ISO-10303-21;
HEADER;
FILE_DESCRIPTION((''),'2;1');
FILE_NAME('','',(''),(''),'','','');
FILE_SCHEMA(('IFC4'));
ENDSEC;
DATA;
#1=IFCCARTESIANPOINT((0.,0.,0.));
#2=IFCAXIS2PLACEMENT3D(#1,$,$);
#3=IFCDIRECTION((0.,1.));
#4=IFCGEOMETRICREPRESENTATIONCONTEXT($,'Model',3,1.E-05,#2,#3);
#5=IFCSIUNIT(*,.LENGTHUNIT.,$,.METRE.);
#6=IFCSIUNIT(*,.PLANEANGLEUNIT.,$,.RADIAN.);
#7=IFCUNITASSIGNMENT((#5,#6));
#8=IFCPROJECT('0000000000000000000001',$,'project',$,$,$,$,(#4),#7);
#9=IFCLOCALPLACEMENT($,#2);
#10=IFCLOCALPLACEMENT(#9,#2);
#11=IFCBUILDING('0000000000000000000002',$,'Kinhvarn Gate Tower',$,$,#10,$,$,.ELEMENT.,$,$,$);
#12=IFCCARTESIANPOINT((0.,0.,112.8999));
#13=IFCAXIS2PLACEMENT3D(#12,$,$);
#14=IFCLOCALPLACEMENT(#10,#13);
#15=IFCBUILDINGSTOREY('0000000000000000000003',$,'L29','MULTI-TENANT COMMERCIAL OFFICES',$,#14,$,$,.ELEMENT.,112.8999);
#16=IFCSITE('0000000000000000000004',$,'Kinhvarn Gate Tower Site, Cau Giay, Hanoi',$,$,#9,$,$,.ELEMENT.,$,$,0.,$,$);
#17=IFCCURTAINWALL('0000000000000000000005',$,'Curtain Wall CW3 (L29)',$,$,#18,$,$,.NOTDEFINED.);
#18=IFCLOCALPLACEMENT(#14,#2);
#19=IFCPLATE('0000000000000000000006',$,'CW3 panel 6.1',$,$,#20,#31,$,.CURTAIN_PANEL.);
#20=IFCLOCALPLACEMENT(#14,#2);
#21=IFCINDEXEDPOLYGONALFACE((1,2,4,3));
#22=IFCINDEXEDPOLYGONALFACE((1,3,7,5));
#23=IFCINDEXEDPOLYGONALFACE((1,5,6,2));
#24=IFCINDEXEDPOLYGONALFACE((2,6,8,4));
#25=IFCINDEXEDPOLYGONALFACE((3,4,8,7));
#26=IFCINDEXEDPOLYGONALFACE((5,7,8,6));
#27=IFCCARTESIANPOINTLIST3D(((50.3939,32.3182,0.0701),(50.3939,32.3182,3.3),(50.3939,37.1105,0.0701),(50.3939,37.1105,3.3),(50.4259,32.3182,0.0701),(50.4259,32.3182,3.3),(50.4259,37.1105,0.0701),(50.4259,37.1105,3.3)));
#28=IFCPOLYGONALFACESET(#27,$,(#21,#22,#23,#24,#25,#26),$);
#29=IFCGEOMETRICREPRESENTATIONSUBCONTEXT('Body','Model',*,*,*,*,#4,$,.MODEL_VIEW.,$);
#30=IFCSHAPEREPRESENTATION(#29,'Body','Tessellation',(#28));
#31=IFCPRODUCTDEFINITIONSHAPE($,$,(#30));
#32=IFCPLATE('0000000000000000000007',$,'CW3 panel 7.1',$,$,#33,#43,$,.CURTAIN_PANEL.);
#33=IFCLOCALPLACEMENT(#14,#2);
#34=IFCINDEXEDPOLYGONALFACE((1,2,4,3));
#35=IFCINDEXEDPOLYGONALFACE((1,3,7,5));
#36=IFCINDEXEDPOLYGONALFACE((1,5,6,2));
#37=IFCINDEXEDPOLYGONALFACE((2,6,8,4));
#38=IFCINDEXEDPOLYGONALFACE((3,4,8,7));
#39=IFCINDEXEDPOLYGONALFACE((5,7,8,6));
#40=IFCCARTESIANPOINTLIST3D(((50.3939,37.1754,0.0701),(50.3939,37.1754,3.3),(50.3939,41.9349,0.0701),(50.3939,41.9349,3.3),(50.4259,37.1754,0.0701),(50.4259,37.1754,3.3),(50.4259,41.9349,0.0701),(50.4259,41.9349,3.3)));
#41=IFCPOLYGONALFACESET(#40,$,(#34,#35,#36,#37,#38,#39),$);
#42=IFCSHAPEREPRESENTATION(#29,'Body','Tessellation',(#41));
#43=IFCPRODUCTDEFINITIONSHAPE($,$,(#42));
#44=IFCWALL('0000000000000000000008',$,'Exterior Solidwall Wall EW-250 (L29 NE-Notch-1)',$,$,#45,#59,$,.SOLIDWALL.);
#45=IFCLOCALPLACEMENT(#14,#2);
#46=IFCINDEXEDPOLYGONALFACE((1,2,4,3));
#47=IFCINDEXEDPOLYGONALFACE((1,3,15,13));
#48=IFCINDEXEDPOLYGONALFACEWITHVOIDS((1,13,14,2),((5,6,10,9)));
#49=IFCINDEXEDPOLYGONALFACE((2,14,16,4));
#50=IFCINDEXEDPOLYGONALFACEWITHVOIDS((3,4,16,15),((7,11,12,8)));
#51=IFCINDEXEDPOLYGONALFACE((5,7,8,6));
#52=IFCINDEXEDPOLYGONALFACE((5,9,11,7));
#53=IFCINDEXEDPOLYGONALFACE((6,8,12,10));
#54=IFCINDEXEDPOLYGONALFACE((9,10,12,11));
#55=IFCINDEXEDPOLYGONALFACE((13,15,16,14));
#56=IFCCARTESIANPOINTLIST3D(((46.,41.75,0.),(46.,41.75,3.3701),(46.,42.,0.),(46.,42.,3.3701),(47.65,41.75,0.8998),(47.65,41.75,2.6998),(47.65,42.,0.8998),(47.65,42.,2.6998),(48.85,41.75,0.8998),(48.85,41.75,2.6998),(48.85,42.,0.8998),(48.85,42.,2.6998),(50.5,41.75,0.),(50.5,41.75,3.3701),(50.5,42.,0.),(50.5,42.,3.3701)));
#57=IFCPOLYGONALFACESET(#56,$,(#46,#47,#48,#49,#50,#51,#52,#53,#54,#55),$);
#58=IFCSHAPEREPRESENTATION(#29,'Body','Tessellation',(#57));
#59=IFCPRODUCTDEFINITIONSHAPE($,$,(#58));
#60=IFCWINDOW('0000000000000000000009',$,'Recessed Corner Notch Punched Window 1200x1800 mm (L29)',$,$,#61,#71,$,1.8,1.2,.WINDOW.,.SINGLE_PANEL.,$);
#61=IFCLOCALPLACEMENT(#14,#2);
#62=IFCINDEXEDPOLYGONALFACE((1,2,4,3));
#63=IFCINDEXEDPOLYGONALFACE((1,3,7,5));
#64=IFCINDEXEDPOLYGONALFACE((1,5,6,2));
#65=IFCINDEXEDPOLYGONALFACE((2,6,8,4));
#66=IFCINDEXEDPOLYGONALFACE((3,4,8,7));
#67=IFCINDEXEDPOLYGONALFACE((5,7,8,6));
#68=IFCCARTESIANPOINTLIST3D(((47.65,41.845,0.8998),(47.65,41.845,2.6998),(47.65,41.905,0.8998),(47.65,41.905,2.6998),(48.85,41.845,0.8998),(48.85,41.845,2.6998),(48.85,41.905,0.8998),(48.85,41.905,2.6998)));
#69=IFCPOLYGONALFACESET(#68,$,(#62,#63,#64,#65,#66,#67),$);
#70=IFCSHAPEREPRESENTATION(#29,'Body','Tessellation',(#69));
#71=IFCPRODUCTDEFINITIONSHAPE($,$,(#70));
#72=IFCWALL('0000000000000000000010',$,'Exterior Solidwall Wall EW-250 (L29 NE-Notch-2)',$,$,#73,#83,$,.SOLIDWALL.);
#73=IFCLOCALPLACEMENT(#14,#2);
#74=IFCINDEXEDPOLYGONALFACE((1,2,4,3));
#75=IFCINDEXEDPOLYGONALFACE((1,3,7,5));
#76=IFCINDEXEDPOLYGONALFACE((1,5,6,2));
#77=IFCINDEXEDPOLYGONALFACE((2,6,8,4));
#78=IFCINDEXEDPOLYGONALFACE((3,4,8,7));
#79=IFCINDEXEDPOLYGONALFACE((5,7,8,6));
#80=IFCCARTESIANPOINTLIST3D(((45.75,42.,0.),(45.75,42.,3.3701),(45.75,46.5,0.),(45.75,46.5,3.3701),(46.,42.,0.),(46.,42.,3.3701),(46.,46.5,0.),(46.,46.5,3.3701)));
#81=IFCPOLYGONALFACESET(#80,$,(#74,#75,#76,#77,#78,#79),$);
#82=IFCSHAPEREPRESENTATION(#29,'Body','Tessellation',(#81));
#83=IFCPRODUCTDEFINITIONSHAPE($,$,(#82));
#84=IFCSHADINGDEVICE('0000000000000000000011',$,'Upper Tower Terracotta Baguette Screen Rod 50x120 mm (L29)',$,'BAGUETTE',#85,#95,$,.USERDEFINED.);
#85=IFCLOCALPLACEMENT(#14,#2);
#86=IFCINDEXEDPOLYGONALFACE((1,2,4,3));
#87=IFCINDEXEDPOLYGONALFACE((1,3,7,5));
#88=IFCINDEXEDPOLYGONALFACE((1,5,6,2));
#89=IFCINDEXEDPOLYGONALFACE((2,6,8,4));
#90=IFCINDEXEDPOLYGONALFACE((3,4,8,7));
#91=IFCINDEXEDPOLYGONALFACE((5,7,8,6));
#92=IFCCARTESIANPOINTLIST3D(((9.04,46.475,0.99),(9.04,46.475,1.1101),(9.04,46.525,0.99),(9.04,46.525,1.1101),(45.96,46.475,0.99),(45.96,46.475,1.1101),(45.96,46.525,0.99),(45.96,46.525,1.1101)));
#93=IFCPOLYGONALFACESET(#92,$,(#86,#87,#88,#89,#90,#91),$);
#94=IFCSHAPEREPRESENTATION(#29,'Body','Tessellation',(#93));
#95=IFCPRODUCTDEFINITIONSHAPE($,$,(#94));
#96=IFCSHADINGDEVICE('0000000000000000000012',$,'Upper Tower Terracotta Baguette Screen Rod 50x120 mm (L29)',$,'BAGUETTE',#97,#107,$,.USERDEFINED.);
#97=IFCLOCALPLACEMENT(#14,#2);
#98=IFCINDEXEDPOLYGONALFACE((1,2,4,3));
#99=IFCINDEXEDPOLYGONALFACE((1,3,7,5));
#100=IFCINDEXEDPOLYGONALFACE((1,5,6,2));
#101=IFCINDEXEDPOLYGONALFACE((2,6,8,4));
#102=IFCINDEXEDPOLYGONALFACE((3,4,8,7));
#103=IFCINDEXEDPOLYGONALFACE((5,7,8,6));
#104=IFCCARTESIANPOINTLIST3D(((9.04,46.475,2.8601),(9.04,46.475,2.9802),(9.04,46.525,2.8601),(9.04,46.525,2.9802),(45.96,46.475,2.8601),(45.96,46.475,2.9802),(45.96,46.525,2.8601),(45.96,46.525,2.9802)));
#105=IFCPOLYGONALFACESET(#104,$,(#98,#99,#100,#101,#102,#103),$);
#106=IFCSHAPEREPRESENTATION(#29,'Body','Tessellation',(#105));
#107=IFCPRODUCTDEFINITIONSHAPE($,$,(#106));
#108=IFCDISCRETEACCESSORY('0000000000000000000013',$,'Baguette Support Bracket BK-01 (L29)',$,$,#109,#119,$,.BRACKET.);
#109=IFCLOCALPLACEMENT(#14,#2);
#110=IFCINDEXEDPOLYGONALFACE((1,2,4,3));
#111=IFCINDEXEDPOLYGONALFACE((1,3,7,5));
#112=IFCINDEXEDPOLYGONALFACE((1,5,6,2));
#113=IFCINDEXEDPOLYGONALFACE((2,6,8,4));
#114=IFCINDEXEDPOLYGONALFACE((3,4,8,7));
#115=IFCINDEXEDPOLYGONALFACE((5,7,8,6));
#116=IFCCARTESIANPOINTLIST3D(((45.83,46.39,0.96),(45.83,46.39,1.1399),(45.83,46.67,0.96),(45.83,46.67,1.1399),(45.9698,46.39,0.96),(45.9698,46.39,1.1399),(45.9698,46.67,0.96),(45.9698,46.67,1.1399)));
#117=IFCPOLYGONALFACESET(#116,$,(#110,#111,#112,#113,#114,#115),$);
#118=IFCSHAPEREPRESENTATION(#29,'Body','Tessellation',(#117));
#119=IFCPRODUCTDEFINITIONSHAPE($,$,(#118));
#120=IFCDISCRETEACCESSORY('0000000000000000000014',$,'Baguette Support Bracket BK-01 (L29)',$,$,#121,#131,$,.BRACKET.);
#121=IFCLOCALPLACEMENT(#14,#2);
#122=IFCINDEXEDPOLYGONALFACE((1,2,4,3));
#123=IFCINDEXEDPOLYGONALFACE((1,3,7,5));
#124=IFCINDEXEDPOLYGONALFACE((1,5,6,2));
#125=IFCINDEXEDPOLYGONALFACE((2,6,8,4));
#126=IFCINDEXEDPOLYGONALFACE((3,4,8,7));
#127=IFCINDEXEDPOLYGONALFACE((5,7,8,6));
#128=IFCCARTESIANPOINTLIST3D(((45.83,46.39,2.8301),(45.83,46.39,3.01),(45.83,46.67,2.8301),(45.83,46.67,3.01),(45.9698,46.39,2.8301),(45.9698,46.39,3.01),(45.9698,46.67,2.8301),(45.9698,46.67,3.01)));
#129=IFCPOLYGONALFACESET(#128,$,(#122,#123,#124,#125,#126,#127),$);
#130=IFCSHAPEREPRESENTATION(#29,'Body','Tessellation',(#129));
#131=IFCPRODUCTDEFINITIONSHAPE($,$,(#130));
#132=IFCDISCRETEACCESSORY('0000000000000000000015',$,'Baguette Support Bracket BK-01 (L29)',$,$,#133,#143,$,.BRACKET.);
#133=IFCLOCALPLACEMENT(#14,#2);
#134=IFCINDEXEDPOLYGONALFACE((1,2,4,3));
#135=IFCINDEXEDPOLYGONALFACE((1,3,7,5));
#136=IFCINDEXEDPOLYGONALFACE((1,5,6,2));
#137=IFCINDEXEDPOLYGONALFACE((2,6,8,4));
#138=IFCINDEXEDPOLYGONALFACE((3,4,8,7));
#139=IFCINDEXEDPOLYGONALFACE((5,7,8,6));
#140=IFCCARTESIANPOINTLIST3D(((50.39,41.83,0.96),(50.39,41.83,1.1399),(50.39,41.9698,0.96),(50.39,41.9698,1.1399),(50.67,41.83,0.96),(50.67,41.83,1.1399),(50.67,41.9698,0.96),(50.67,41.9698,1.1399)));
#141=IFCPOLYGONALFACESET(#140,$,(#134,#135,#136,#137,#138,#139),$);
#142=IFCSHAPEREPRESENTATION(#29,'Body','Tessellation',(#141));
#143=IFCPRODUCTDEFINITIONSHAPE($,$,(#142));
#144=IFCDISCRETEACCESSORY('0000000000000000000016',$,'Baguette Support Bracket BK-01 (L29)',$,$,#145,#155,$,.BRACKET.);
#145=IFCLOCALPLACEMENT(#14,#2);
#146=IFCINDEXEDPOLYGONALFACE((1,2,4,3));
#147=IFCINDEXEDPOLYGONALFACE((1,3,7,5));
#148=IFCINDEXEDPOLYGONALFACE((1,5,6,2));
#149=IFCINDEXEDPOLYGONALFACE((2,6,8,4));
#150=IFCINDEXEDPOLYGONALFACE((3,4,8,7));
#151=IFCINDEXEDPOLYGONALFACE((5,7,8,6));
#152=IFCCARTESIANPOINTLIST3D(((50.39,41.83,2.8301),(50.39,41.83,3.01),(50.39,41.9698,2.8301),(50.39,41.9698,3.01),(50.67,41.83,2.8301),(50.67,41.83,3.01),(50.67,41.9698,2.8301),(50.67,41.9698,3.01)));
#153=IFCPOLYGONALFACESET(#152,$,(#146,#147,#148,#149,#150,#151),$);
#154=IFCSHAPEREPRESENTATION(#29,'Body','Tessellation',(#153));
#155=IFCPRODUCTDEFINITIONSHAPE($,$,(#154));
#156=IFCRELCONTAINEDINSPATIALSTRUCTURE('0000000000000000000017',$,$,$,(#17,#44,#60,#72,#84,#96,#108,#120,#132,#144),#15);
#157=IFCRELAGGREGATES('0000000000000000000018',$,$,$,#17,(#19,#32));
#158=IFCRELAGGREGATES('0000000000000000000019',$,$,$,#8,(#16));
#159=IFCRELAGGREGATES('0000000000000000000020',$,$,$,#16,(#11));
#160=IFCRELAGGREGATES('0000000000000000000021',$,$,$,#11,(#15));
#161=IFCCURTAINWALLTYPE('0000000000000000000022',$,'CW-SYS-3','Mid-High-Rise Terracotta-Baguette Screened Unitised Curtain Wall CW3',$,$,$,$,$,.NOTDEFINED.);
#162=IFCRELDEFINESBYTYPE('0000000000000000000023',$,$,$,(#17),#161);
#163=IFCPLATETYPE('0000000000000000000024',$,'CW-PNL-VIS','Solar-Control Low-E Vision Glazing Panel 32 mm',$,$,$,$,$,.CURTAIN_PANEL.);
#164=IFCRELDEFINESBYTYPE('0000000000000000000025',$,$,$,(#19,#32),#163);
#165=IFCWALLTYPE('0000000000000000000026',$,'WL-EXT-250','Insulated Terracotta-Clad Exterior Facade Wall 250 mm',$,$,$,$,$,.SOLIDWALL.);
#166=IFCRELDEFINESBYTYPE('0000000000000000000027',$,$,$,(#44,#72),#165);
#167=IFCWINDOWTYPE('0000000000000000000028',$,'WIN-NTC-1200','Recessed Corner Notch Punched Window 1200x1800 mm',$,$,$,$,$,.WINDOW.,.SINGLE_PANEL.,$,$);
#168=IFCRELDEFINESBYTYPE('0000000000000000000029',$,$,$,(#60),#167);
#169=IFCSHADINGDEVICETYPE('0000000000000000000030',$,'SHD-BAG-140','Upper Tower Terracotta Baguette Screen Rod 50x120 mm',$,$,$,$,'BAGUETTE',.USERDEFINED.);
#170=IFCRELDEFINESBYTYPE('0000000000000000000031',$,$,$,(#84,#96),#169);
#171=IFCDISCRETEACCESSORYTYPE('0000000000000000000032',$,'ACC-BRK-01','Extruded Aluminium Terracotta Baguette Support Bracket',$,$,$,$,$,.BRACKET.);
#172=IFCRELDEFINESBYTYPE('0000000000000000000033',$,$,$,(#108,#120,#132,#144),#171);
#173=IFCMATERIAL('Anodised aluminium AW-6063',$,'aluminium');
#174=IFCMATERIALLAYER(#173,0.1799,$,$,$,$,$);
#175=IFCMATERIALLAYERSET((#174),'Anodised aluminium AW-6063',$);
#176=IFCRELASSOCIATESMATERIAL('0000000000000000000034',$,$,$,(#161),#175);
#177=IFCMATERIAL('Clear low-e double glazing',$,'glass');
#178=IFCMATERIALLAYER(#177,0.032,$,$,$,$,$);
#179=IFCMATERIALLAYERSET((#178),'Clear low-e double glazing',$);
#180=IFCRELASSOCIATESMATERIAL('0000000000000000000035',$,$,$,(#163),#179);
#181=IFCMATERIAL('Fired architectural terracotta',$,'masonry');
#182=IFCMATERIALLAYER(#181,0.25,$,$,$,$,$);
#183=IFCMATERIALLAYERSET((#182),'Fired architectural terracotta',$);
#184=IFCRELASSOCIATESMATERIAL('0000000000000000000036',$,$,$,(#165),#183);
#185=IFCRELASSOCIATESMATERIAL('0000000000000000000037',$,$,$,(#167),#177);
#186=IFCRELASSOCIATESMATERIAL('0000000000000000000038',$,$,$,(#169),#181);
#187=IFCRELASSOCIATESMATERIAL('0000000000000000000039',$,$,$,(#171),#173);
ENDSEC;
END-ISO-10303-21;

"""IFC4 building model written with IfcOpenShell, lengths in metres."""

from ifc_helpers import new_model, si_unit, direction, frame, frame_2d, origin, origin_2d, place, context, subcontext, project, spatial, rectangle, extrude, material, layer, layer_set, material_profile, profile_set, type_object, element, fill, aggregate, save


model = new_model("IFC4")

# Units and contexts
model_context = context("Model", 3, precision=1e-05, world=origin(), true_north=direction((0.0, 1.0)))
body_context = subcontext(model_context, "Body", "Model", "MODEL_VIEW")
ifc_project = project(units=[si_unit("LENGTHUNIT", "METRE"), si_unit("PLANEANGLEUNIT", "RADIAN")], contexts=[model_context])

# Site, building, storey
site_placement = place(None, origin())
site = spatial("IfcSite", under=ifc_project, at=site_placement, Name="Kinhvarn Gate Tower Site, Cau Giay, Hanoi", CompositionType="ELEMENT", RefElevation=0.0)
building_placement = place(site_placement, origin())
building = spatial("IfcBuilding", under=site, at=building_placement, Name="Kinhvarn Gate Tower", CompositionType="ELEMENT")
storey_placement = place(building_placement, frame((0.0, 0.0, 112.8999)))
storey = spatial("IfcBuildingStorey", under=building, at=storey_placement, Name="L29", Description="MULTI-TENANT COMMERCIAL OFFICES", CompositionType="ELEMENT", Elevation=112.8999)

# Curtain wall
ifc_material_1 = material(Name="Anodised aluminium AW-6063", Category="aluminium")
ifc_layer_1 = layer(ifc_material_1, 0.1799)
ifc_layer_set_1 = layer_set([ifc_layer_1], Name="Anodised aluminium AW-6063")
curtain_wall_type = type_object("IfcCurtainWallType", Name="CW-SYS-3", Description="Mid-High-Rise Terracotta-Baguette Screened Unitised Curtain Wall CW3", PredefinedType="NOTDEFINED", material=ifc_layer_set_1)
curtain_wall_1_placement = place(storey_placement, origin())
curtain_wall_1 = element("IfcCurtainWall", 1, at=curtain_wall_1_placement, inside=storey, type_object=curtain_wall_type, Name="Curtain Wall CW3 (L29)", PredefinedType="NOTDEFINED")

# Plates
ifc_material_2 = material(Name="Clear low-e double glazing", Category="glass")
ifc_layer_2 = layer(ifc_material_2, 0.032)
ifc_layer_set_2 = layer_set([ifc_layer_2], Name="Clear low-e double glazing")
plate_type = type_object("IfcPlateType", Name="CW-PNL-VIS", Description="Solar-Control Low-E Vision Glazing Panel 32 mm", PredefinedType="CURTAIN_PANEL", material=ifc_layer_set_2)
plate_1_placement = place(storey_placement, frame((50.4099, 34.7144, 0.0701), z_axis=(0.0, 0.0, 1.0), x_axis=(0.0, 1.0, 0.0)))
plate_1 = element("IfcPlate", 2, at=plate_1_placement, type_object=plate_type, Name="CW3 panel 6.1", PredefinedType="CURTAIN_PANEL", context=body_context, shape_type="SweptSolid", body=[
    extrude(rectangle(XDim=4.7922, YDim=0.032, at=origin_2d()), origin(), (0.0, 0.0, 1.0), 3.23),
])
plate_2_placement = place(storey_placement, frame((50.4099, 39.5552, 0.0701), z_axis=(0.0, 0.0, 1.0), x_axis=(0.0, 1.0, 0.0)))
plate_2 = element("IfcPlate", 3, at=plate_2_placement, type_object=plate_type, Name="CW3 panel 7.1", PredefinedType="CURTAIN_PANEL", context=body_context, shape_type="SweptSolid", body=[
    extrude(rectangle(XDim=4.7595, YDim=0.032, at=origin_2d()), origin(), (0.0, 0.0, 1.0), 3.23),
])
aggregate(curtain_wall_1, [plate_1, plate_2])

# Wall, opening, window
ifc_material_3 = material(Name="Fired architectural terracotta", Category="masonry")
ifc_layer_3 = layer(ifc_material_3, 0.25)
ifc_layer_set_3 = layer_set([ifc_layer_3], Name="Fired architectural terracotta")
wall_type = type_object("IfcWallType", Name="WL-EXT-250", Description="Insulated Terracotta-Clad Exterior Facade Wall 250 mm", PredefinedType="SOLIDWALL", material=ifc_layer_set_3)
wall_1_placement = place(storey_placement, frame((50.5, 41.875, 0.0), z_axis=(0.0, 0.0, 1.0), x_axis=(-1.0, 0.0, 0.0)))
wall_1 = element("IfcWall", 4, at=wall_1_placement, inside=storey, type_object=wall_type, Name="Exterior Solidwall Wall EW-250 (L29 NE-Notch-1)", PredefinedType="SOLIDWALL", context=body_context, shape_type="SweptSolid", body=[
    extrude(rectangle(XDim=4.5, YDim=0.25, at=frame_2d((2.25, 0.0))), origin(), (0.0, 0.0, 1.0), 3.3701),
])
opening_placement = place(wall_1_placement, frame((1.6499, 0.0, 0.8999)))
opening = element("IfcOpeningElement", 5, at=opening_placement, cuts=wall_1, PredefinedType="OPENING", context=body_context, shape_type="SweptSolid", body=[
    extrude(rectangle(XDim=1.2, YDim=1.8, at=frame_2d((0.6001, 0.8999))), frame((0.0, 0.135, 0.0), z_axis=(0.0, -1.0, 0.0), x_axis=(1.0, 0.0, 0.0)), (0.0, 0.0, 1.0), 0.27),
])
window_type = type_object("IfcWindowType", Name="WIN-NTC-1200", Description="Recessed Corner Notch Punched Window 1200x1800 mm", PartitioningType="SINGLE_PANEL", PredefinedType="WINDOW", material=ifc_material_2)
window_placement = place(opening_placement, origin())
window = element("IfcWindow", 6, at=window_placement, inside=storey, type_object=window_type, Name="Recessed Corner Notch Punched Window 1200x1800 mm (L29)", OverallHeight=1.8, OverallWidth=1.2, PartitioningType="SINGLE_PANEL", PredefinedType="WINDOW", context=body_context, shape_type="SweptSolid", body=[
    extrude(rectangle(XDim=1.2, YDim=1.8, at=frame_2d((0.6001, 0.8999))), frame((0.0, 0.03, 0.0), z_axis=(0.0, -1.0, 0.0), x_axis=(1.0, 0.0, 0.0)), (0.0, 0.0, 1.0), 0.0601),
])
fill(opening, window)

# Wall
wall_2_placement = place(storey_placement, frame((45.875, 42.0, 0.0), z_axis=(0.0, 0.0, 1.0), x_axis=(0.0, 1.0, 0.0)))
element("IfcWall", 7, at=wall_2_placement, inside=storey, type_object=wall_type, Name="Exterior Solidwall Wall EW-250 (L29 NE-Notch-2)", PredefinedType="SOLIDWALL", context=body_context, shape_type="SweptSolid", body=[
    extrude(rectangle(XDim=4.5, YDim=0.25, at=frame_2d((2.25, 0.0))), origin(), (0.0, 0.0, 1.0), 3.3701),
])

# Shading devices
ifc_material_profile_1 = material_profile(ifc_material_3, rectangle(XDim=0.05, YDim=0.1201, at=origin_2d()), Name="TC 50x120")
ifc_profile_set_1 = profile_set([ifc_material_profile_1], Name="Fired architectural terracotta")
shading_device_type = type_object("IfcShadingDeviceType", Name="SHD-BAG-140", Description="Upper Tower Terracotta Baguette Screen Rod 50x120 mm", ElementType="BAGUETTE", PredefinedType="USERDEFINED", material=ifc_profile_set_1)
for number, where, z_axis, x_axis, name in (
    (8, (45.96, 46.5, 1.05), (-1.0, 0.0, 0.0), (0.0, -1.0, 0.0), "Upper Tower Terracotta Baguette Screen Rod 50x120 mm (L29)"),
    (9, (45.96, 46.5, 2.9202), (-1.0, 0.0, 0.0), (0.0, -1.0, 0.0), "Upper Tower Terracotta Baguette Screen Rod 50x120 mm (L29)"),
):
    element("IfcShadingDevice", number, at=place(storey_placement, frame(where, z_axis=z_axis, x_axis=x_axis)), inside=storey, type_object=shading_device_type, Name=name, ObjectType="BAGUETTE", PredefinedType="USERDEFINED", context=body_context, shape_type="SweptSolid", body=[
        extrude(rectangle(XDim=0.05, YDim=0.1201, at=origin_2d()), origin(), (0.0, 0.0, 1.0), 36.9199),
    ])

# Discrete accessories
discrete_accessory_type = type_object("IfcDiscreteAccessoryType", Name="ACC-BRK-01", Description="Extruded Aluminium Terracotta Baguette Support Bracket", PredefinedType="BRACKET", material=ifc_material_1)
for number, where, z_axis, x_axis, name in (
    (10, (45.8999, 46.53, 0.96), (0.0, 0.0, 1.0), (-1.0, 0.0, 0.0), "Baguette Support Bracket BK-01 (L29)"),
    (11, (45.8999, 46.53, 2.8301), (0.0, 0.0, 1.0), (-1.0, 0.0, 0.0), "Baguette Support Bracket BK-01 (L29)"),
    (12, (50.53, 41.8999, 0.96), (0.0, 0.0, 1.0), (0.0, 1.0, 0.0), "Baguette Support Bracket BK-01 (L29)"),
    (13, (50.53, 41.8999, 2.8301), (0.0, 0.0, 1.0), (0.0, 1.0, 0.0), "Baguette Support Bracket BK-01 (L29)"),
):
    element("IfcDiscreteAccessory", number, at=place(storey_placement, frame(where, z_axis=z_axis, x_axis=x_axis)), inside=storey, type_object=discrete_accessory_type, Name=name, PredefinedType="BRACKET", context=body_context, shape_type="SweptSolid", body=[
        extrude(rectangle(XDim=0.1399, YDim=0.28, at=origin_2d()), origin(), (0.0, 0.0, 1.0), 0.1799),
    ])

save(model, "model.ifc")
